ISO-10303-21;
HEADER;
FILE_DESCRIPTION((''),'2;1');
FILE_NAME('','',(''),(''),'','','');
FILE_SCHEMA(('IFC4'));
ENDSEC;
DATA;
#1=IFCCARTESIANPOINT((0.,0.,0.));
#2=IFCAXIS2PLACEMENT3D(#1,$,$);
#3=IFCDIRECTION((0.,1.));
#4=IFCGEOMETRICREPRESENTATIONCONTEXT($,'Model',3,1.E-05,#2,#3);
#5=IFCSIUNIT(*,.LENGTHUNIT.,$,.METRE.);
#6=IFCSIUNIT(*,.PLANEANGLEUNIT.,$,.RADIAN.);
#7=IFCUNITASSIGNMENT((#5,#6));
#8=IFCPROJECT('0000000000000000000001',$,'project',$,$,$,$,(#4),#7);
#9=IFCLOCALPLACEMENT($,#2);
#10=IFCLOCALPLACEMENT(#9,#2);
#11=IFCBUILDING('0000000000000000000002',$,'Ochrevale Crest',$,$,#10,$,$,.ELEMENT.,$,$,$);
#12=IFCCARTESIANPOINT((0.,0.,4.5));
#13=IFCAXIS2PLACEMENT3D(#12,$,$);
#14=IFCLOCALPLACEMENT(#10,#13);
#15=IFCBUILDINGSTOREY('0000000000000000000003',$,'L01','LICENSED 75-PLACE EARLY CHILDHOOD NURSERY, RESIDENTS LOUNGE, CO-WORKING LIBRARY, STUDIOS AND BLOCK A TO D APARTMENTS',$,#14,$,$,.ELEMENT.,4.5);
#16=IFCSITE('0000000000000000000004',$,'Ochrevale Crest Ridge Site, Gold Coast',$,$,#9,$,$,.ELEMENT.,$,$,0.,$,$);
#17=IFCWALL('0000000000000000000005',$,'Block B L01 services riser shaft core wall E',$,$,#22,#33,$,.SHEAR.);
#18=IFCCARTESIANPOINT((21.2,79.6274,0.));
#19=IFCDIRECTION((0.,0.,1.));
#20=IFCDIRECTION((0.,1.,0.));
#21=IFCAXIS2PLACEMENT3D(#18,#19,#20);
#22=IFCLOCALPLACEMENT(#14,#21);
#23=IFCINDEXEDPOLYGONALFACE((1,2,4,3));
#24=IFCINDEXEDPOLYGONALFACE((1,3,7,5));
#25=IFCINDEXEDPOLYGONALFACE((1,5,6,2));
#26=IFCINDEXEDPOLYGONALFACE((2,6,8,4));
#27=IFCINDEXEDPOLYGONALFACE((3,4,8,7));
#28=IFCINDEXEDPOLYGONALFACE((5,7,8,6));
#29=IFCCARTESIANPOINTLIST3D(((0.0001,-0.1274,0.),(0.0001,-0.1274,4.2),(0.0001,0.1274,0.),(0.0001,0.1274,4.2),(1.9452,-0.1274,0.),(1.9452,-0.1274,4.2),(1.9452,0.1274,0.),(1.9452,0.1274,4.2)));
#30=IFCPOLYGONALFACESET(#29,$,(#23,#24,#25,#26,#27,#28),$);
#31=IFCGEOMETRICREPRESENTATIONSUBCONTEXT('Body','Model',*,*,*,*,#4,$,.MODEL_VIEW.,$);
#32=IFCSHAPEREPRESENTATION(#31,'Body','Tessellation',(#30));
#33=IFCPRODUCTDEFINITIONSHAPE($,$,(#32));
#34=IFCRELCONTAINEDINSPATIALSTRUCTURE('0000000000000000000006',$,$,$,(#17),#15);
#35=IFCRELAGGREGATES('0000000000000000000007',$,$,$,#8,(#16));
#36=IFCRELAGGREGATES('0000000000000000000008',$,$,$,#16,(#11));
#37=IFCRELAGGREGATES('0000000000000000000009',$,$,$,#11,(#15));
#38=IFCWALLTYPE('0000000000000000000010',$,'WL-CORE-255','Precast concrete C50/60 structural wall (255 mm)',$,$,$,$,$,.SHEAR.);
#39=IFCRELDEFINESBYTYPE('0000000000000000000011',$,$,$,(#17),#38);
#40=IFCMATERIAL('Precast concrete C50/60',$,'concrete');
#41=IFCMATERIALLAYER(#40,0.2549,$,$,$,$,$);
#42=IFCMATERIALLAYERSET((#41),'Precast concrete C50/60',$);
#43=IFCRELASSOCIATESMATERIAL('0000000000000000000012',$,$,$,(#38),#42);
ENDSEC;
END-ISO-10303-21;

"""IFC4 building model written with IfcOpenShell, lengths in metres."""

from ifc_helpers import new_model, si_unit, direction, frame, frame_2d, origin, place, context, subcontext, project, spatial, rectangle, extrude, material, layer, layer_set, type_object, element, save


model = new_model("IFC4")

# Units and contexts
model_context = context("Model", 3, precision=1e-05, world=origin(), true_north=direction((0.0, 1.0)))
body_context = subcontext(model_context, "Body", "Model", "MODEL_VIEW")
ifc_project = project(units=[si_unit("LENGTHUNIT", "METRE"), si_unit("PLANEANGLEUNIT", "RADIAN")], contexts=[model_context])

# Site, building, storey
site_placement = place(None, origin())
site = spatial("IfcSite", under=ifc_project, at=site_placement, Name="Ochrevale Crest Ridge Site, Gold Coast", CompositionType="ELEMENT", RefElevation=0.0)
building_placement = place(site_placement, origin())
building = spatial("IfcBuilding", under=site, at=building_placement, Name="Ochrevale Crest", CompositionType="ELEMENT")
storey_placement = place(building_placement, frame((0.0, 0.0, 4.5)))
storey = spatial("IfcBuildingStorey", under=building, at=storey_placement, Name="L01", Description="LICENSED 75-PLACE EARLY CHILDHOOD NURSERY, RESIDENTS LOUNGE, CO-WORKING LIBRARY, STUDIOS AND BLOCK A TO D APARTMENTS", CompositionType="ELEMENT", Elevation=4.5)

# Shared definitions
ifc_material_1 = material(Name="Precast concrete C50/60", Category="concrete")

# Shared definitions
ifc_layer_1 = layer(ifc_material_1, 0.2549)
ifc_layer_set_1 = layer_set([ifc_layer_1], Name="Precast concrete C50/60")
wall_type_1 = type_object("IfcWallType", Name="WL-CORE-255", Description="Precast concrete C50/60 structural wall (255 mm)", PredefinedType="SHEAR", material=ifc_layer_set_1)

# Wall
wall_1_placement = place(storey_placement, frame((21.2, 79.6274, 0.0), z_axis=(0.0, 0.0, 1.0), x_axis=(0.0, 1.0, 0.0)))
element("IfcWall", 1, at=wall_1_placement, inside=storey, type_object=wall_type_1, Name="Block B L01 services riser shaft core wall E", PredefinedType="SHEAR", context=body_context, shape_type="SweptSolid", body=[
    extrude(rectangle(XDim=1.9451, YDim=0.2549, at=frame_2d((0.9727, 0.0))), origin(), (0.0, 0.0, 1.0), 4.2),
])

save(model, "model.ifc")
